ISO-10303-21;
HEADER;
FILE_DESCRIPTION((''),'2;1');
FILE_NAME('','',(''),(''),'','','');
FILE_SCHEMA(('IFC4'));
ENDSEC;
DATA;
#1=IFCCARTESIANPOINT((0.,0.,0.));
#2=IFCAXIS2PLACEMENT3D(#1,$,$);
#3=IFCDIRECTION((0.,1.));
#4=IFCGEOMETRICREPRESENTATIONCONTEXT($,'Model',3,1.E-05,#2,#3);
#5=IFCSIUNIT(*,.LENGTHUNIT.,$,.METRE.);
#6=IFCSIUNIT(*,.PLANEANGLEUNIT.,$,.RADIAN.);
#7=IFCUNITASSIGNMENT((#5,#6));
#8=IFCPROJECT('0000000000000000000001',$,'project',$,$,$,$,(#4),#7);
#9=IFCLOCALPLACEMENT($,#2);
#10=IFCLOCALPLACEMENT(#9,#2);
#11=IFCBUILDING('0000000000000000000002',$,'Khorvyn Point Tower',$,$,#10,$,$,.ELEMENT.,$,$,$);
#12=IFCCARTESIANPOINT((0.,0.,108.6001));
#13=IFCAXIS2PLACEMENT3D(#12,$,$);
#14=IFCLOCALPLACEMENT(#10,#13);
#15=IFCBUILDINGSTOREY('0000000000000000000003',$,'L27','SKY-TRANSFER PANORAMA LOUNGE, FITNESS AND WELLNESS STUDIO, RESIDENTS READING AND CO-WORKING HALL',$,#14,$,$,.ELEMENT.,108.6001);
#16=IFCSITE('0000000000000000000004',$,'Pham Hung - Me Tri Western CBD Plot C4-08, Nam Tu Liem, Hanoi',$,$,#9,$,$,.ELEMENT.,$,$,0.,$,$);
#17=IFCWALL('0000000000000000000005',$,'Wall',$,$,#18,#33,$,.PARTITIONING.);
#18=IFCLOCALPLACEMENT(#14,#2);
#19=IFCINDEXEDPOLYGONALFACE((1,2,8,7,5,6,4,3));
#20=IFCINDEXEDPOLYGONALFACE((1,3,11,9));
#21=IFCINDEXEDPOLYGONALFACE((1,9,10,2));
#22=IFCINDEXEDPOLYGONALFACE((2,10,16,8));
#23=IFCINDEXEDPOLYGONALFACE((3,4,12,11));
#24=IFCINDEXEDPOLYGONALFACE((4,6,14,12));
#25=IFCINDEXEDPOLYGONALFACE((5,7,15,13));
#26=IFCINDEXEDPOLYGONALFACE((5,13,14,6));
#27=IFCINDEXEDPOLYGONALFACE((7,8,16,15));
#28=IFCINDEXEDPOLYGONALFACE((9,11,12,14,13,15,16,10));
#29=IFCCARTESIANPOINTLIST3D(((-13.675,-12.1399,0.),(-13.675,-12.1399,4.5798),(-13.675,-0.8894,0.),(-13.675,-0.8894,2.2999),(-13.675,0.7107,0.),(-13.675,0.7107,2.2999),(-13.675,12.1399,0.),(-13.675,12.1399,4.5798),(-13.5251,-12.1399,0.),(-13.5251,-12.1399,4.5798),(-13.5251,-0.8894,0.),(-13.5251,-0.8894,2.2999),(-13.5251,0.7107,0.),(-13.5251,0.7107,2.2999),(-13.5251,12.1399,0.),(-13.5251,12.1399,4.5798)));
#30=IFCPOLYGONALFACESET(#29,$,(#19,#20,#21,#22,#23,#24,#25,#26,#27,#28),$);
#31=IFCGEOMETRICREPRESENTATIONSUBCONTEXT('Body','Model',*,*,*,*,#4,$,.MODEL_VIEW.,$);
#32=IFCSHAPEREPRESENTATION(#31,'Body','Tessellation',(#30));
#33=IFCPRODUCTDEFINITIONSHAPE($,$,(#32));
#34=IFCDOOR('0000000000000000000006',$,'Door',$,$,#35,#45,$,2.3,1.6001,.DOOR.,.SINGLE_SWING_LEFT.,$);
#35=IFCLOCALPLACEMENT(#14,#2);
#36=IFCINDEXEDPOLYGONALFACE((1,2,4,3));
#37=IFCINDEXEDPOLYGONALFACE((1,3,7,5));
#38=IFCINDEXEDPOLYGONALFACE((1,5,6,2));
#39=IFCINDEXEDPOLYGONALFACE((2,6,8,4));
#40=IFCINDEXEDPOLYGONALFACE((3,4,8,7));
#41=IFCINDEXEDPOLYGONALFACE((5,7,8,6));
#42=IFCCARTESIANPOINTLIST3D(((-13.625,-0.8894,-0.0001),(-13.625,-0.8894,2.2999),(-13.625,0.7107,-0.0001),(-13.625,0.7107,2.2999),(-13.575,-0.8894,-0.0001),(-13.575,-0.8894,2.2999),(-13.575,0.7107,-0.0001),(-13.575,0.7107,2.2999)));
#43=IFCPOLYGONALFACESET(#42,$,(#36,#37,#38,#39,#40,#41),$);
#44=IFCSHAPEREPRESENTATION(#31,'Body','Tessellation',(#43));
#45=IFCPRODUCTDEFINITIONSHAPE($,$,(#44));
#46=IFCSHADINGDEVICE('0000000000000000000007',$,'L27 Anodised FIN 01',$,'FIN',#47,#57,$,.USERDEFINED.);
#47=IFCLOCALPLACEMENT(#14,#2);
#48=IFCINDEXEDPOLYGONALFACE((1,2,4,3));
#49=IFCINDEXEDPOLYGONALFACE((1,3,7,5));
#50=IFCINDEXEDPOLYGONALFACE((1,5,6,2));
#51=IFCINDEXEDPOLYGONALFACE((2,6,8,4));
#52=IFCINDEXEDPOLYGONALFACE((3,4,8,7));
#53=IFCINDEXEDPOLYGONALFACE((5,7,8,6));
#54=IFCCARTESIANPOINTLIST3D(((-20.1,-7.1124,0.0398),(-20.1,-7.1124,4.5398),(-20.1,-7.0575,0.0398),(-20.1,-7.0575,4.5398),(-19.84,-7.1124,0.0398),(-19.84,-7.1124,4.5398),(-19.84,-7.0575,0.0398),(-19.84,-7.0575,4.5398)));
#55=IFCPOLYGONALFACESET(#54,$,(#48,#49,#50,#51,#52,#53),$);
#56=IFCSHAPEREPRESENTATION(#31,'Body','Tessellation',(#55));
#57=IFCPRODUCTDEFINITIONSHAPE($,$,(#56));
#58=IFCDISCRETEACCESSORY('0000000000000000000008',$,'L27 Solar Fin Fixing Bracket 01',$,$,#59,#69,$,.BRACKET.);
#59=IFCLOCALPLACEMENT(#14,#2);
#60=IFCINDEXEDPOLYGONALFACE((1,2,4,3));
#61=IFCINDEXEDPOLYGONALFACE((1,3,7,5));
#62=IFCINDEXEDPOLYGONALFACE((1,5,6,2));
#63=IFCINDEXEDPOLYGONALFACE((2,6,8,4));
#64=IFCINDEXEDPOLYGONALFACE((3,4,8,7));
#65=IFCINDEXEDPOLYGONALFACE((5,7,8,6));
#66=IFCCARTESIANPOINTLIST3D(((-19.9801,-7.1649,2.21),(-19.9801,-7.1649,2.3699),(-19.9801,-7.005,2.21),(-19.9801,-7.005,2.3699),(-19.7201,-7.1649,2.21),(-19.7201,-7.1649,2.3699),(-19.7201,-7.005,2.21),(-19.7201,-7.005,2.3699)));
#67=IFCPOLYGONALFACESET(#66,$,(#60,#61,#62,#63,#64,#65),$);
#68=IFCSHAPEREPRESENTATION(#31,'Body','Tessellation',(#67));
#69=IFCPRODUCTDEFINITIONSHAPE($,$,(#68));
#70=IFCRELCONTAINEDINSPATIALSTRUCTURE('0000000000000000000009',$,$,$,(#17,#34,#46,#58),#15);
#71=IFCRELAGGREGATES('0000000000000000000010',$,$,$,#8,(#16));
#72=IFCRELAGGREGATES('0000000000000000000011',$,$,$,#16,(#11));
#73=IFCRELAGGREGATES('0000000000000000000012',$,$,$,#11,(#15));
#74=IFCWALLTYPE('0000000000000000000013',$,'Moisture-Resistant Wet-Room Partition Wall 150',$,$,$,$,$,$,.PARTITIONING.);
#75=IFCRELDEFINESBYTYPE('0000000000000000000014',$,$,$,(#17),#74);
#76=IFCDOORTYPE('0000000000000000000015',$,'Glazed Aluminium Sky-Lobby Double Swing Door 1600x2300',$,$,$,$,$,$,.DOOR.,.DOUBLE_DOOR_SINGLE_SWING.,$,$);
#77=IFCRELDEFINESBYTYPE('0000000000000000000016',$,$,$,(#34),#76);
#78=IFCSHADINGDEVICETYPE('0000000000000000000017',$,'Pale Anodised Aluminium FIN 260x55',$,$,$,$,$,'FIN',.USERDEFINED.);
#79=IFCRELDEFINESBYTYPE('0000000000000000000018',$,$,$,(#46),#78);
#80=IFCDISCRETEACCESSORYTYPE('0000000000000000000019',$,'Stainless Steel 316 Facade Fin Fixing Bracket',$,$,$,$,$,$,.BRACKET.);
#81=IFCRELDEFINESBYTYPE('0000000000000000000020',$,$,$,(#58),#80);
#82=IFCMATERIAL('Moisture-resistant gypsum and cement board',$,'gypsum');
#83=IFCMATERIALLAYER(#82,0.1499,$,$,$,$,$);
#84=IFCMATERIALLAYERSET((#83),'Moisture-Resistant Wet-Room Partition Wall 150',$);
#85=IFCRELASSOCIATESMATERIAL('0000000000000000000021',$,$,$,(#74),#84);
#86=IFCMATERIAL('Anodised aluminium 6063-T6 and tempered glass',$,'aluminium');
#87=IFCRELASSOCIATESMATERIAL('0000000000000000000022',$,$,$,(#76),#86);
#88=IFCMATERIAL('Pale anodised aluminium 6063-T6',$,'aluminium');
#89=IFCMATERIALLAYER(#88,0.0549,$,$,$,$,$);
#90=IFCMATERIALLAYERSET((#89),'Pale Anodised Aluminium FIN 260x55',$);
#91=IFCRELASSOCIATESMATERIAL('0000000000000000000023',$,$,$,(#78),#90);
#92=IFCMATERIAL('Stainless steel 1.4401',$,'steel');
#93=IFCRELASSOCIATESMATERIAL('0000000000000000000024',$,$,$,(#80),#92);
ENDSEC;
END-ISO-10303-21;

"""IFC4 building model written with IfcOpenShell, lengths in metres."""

from ifc_helpers import new_model, si_unit, direction, frame, frame_2d, origin, origin_2d, place, context, subcontext, project, spatial, rectangle, extrude, material, layer, layer_set, type_object, element, fill, save


model = new_model("IFC4")

# Units and contexts
model_context = context("Model", 3, precision=1e-05, world=origin(), true_north=direction((0.0, 1.0)))
body_context = subcontext(model_context, "Body", "Model", "MODEL_VIEW")
ifc_project = project(units=[si_unit("LENGTHUNIT", "METRE"), si_unit("PLANEANGLEUNIT", "RADIAN")], contexts=[model_context])

# Site, building, storey
site_placement = place(None, origin())
site = spatial("IfcSite", under=ifc_project, at=site_placement, Name="Pham Hung - Me Tri Western CBD Plot C4-08, Nam Tu Liem, Hanoi", CompositionType="ELEMENT", RefElevation=0.0)
building_placement = place(site_placement, origin())
building = spatial("IfcBuilding", under=site, at=building_placement, Name="Khorvyn Point Tower", CompositionType="ELEMENT")
storey_placement = place(building_placement, frame((0.0, 0.0, 108.6001)))
storey = spatial("IfcBuildingStorey", under=building, at=storey_placement, Name="L27", Description="SKY-TRANSFER PANORAMA LOUNGE, FITNESS AND WELLNESS STUDIO, RESIDENTS READING AND CO-WORKING HALL", CompositionType="ELEMENT", Elevation=108.6001)

# Wall, opening, door
ifc_material_1 = material(Name="Moisture-resistant gypsum and cement board", Category="gypsum")
ifc_layer_1 = layer(ifc_material_1, 0.1499)
ifc_layer_set_1 = layer_set([ifc_layer_1], Name="Moisture-Resistant Wet-Room Partition Wall 150")
wall_type_1 = type_object("IfcWallType", Name="Moisture-Resistant Wet-Room Partition Wall 150", PredefinedType="PARTITIONING", material=ifc_layer_set_1)
wall_1_placement = place(storey_placement, frame((-13.6001, -12.1399, 0.0), z_axis=(0.0, 0.0, 1.0), x_axis=(0.0, 1.0, 0.0)))
wall_1 = element("IfcWall", 1, at=wall_1_placement, inside=storey, type_object=wall_type_1, Name="Wall", PredefinedType="PARTITIONING", context=body_context, shape_type="SweptSolid", body=[
    extrude(rectangle(XDim=24.2798, YDim=0.1499, at=frame_2d((12.1399, 0.0))), origin(), (0.0, 0.0, 1.0), 4.5798),
])
opening_1_placement = place(wall_1_placement, frame((11.2505, 0.0, 0.0)))
opening_1 = element("IfcOpeningElement", 2, at=opening_1_placement, cuts=wall_1, PredefinedType="OPENING", context=body_context, shape_type="SweptSolid", body=[
    extrude(rectangle(XDim=1.6001, YDim=2.3, at=frame_2d((0.8, 1.1499))), frame((0.0, 0.085, 0.0), z_axis=(0.0, -1.0, 0.0), x_axis=(1.0, 0.0, 0.0)), (0.0, 0.0, 1.0), 0.1699),
])
ifc_material_2 = material(Name="Anodised aluminium 6063-T6 and tempered glass", Category="aluminium")
door_type_1 = type_object("IfcDoorType", Name="Glazed Aluminium Sky-Lobby Double Swing Door 1600x2300", OperationType="DOUBLE_DOOR_SINGLE_SWING", PredefinedType="DOOR", material=ifc_material_2)
door_1_placement = place(opening_1_placement, origin())
door_1 = element("IfcDoor", 3, at=door_1_placement, inside=storey, type_object=door_type_1, Name="Door", OperationType="SINGLE_SWING_LEFT", OverallHeight=2.3, OverallWidth=1.6001, PredefinedType="DOOR", context=body_context, shape_type="SweptSolid", body=[
    extrude(rectangle(XDim=1.6001, YDim=2.3, at=frame_2d((0.8, 1.1499))), frame((0.0, 0.0249, 0.0), z_axis=(0.0, -1.0, 0.0), x_axis=(1.0, 0.0, 0.0)), (0.0, 0.0, 1.0), 0.05),
])
fill(opening_1, door_1)

# Shading device
ifc_material_3 = material(Name="Pale anodised aluminium 6063-T6", Category="aluminium")
ifc_layer_2 = layer(ifc_material_3, 0.0549)
ifc_layer_set_2 = layer_set([ifc_layer_2], Name="Pale Anodised Aluminium FIN 260x55")
shading_device_type = type_object("IfcShadingDeviceType", Name="Pale Anodised Aluminium FIN 260x55", ElementType="FIN", PredefinedType="USERDEFINED", material=ifc_layer_set_2)
shading_device_placement = place(storey_placement, frame((-19.97, -7.085, 0.0398), z_axis=(0.0, 0.0, 1.0), x_axis=(-1.0, 0.0, 0.0)))
element("IfcShadingDevice", 4, at=shading_device_placement, inside=storey, type_object=shading_device_type, Name="L27 Anodised FIN 01", ObjectType="FIN", PredefinedType="USERDEFINED", context=body_context, shape_type="SweptSolid", body=[
    extrude(rectangle(XDim=0.26, YDim=0.0549, at=origin_2d()), origin(), (0.0, 0.0, 1.0), 4.5),
])

# Discrete accessory
ifc_material_4 = material(Name="Stainless steel 1.4401", Category="steel")
discrete_accessory_type = type_object("IfcDiscreteAccessoryType", Name="Stainless Steel 316 Facade Fin Fixing Bracket", PredefinedType="BRACKET", material=ifc_material_4)
discrete_accessory_placement = place(storey_placement, frame((-19.8501, -7.085, 2.21), z_axis=(0.0, 0.0, 1.0), x_axis=(0.0, 1.0, 0.0)))
element("IfcDiscreteAccessory", 5, at=discrete_accessory_placement, inside=storey, type_object=discrete_accessory_type, Name="L27 Solar Fin Fixing Bracket 01", PredefinedType="BRACKET", context=body_context, shape_type="SweptSolid", body=[
    extrude(rectangle(XDim=0.1599, YDim=0.26, at=origin_2d()), origin(), (0.0, 0.0, 1.0), 0.1599),
])

save(model, "model.ifc")
